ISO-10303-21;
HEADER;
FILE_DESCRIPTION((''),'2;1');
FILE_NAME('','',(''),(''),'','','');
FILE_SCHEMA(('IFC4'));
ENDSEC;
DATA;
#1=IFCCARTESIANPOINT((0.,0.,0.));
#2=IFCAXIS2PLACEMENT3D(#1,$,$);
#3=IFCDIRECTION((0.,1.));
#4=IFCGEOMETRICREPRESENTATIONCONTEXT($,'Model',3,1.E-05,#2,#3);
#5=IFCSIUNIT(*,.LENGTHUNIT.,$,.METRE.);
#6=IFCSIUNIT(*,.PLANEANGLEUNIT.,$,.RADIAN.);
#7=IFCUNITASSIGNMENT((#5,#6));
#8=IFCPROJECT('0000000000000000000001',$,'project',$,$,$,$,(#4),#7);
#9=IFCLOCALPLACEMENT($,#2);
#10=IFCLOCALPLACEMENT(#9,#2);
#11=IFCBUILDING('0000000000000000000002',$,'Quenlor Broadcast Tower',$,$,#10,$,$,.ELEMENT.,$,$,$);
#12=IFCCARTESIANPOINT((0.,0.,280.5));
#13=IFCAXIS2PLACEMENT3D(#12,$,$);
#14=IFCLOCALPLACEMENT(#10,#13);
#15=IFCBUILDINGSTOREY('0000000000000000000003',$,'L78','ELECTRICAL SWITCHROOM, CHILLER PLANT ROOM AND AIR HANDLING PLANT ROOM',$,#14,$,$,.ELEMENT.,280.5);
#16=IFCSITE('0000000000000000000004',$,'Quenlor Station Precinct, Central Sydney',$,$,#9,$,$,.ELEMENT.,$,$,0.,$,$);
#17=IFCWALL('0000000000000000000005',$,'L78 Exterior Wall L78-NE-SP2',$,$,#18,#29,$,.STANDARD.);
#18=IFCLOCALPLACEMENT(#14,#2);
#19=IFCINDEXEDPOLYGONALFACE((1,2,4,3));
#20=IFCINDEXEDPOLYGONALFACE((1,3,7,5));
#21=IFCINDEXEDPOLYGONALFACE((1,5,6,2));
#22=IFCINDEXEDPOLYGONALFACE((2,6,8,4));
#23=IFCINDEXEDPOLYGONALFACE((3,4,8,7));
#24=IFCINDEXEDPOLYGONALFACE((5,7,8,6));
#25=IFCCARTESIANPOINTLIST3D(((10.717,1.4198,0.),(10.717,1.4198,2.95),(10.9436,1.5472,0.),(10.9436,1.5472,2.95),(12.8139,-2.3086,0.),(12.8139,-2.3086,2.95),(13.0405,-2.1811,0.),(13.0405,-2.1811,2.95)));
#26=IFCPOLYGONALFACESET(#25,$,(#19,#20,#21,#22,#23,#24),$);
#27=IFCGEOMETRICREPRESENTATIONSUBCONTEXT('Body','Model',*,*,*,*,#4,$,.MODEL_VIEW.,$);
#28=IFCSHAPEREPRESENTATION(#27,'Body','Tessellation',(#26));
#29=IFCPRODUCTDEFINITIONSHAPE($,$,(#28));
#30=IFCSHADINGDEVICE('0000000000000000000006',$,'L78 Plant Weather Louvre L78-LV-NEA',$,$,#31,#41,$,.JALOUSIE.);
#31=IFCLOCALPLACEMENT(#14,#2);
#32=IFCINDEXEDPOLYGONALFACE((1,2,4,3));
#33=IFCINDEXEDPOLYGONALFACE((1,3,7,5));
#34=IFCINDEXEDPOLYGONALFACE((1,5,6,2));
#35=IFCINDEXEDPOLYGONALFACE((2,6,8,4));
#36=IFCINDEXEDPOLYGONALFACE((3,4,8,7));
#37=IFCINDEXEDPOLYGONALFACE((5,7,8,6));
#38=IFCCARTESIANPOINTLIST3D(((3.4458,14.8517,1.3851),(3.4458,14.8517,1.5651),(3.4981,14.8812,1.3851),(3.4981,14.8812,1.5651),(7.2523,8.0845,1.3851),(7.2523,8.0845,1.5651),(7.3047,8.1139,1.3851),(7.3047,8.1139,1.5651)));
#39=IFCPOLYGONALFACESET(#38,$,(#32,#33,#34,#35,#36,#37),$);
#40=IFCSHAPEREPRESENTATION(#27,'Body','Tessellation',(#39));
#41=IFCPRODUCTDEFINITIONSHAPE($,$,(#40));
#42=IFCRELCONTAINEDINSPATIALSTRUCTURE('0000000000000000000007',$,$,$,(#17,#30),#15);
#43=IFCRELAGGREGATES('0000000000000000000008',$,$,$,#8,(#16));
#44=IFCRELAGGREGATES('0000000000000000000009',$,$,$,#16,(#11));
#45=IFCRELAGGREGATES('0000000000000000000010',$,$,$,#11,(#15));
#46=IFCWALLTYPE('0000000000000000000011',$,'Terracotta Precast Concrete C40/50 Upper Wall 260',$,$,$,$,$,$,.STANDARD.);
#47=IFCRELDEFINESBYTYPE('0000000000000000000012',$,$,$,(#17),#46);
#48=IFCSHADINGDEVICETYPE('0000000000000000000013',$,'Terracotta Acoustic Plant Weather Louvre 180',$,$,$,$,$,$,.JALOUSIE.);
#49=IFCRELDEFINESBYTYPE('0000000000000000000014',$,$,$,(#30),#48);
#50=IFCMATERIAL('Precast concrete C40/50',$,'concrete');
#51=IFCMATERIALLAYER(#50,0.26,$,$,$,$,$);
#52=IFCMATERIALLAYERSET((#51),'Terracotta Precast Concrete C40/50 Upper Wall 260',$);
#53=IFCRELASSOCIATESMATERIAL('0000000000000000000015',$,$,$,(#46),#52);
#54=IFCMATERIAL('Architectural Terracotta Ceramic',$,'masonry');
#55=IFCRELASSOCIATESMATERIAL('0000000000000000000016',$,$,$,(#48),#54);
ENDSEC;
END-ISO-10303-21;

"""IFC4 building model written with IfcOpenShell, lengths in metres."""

from ifc_helpers import new_model, si_unit, direction, frame, frame_2d, origin, origin_2d, place, context, subcontext, project, spatial, rectangle, extrude, material, layer, layer_set, material_profile, profile_set, type_object, element, save


model = new_model("IFC4")

# Units and contexts
model_context = context("Model", 3, precision=1e-05, world=origin(), true_north=direction((0.0, 1.0)))
body_context = subcontext(model_context, "Body", "Model", "MODEL_VIEW")
ifc_project = project(units=[si_unit("LENGTHUNIT", "METRE"), si_unit("PLANEANGLEUNIT", "RADIAN")], contexts=[model_context])

# Site, building, storey
site_placement = place(None, origin())
site = spatial("IfcSite", under=ifc_project, at=site_placement, Name="Quenlor Station Precinct, Central Sydney", CompositionType="ELEMENT", RefElevation=0.0)
building_placement = place(site_placement, origin())
building = spatial("IfcBuilding", under=site, at=building_placement, Name="Quenlor Broadcast Tower", CompositionType="ELEMENT")
storey_placement = place(building_placement, frame((0.0, 0.0, 280.5)))
storey = spatial("IfcBuildingStorey", under=building, at=storey_placement, Name="L78", Description="ELECTRICAL SWITCHROOM, CHILLER PLANT ROOM AND AIR HANDLING PLANT ROOM", CompositionType="ELEMENT", Elevation=280.5)

# Wall
ifc_material_1 = material(Name="Precast concrete C40/50", Category="concrete")
ifc_layer_1 = layer(ifc_material_1, 0.26)
ifc_layer_set_1 = layer_set([ifc_layer_1], Name="Terracotta Precast Concrete C40/50 Upper Wall 260")
wall_type_1 = type_object("IfcWallType", Name="Terracotta Precast Concrete C40/50 Upper Wall 260", PredefinedType="STANDARD", material=ifc_layer_set_1)
wall_1_placement = place(storey_placement, frame((10.8303, 1.4834, 0.0), z_axis=(0.0, 0.0, 1.0), x_axis=(0.490221, -0.871598, 0.0)))
element("IfcWall", 1, at=wall_1_placement, inside=storey, type_object=wall_type_1, Name="L78 Exterior Wall L78-NE-SP2", PredefinedType="STANDARD", context=body_context, shape_type="SweptSolid", body=[
    extrude(rectangle(XDim=4.2776, YDim=0.26, at=frame_2d((2.1387, 0.0))), origin(), (0.0, 0.0, 1.0), 2.95),
])

# Shading device
ifc_material_2 = material(Name="Architectural Terracotta Ceramic", Category="masonry")
ifc_material_profile_1 = material_profile(ifc_material_2, rectangle(XDim=0.0601, YDim=0.1799, at=origin_2d()))
ifc_profile_set_1 = profile_set([ifc_material_profile_1], Name="Architectural Terracotta Ceramic LVR60x180")
shading_device_type = type_object("IfcShadingDeviceType", Name="Terracotta Acoustic Plant Weather Louvre 180", PredefinedType="JALOUSIE", material=ifc_profile_set_1)
shading_device_placement = place(storey_placement, frame((3.4719, 14.8665, 1.4751), z_axis=(0.490263, -0.871575, 0.0), x_axis=(0.871575, 0.490263, 0.0)))
element("IfcShadingDevice", 2, at=shading_device_placement, inside=storey, type_object=shading_device_type, Name="L78 Plant Weather Louvre L78-LV-NEA", PredefinedType="JALOUSIE", context=body_context, shape_type="SweptSolid", body=[
    extrude(rectangle(XDim=0.0601, YDim=0.1799, at=origin_2d()), origin(), (0.0, 0.0, 1.0), 7.7644),
])

save(model, "model.ifc")
